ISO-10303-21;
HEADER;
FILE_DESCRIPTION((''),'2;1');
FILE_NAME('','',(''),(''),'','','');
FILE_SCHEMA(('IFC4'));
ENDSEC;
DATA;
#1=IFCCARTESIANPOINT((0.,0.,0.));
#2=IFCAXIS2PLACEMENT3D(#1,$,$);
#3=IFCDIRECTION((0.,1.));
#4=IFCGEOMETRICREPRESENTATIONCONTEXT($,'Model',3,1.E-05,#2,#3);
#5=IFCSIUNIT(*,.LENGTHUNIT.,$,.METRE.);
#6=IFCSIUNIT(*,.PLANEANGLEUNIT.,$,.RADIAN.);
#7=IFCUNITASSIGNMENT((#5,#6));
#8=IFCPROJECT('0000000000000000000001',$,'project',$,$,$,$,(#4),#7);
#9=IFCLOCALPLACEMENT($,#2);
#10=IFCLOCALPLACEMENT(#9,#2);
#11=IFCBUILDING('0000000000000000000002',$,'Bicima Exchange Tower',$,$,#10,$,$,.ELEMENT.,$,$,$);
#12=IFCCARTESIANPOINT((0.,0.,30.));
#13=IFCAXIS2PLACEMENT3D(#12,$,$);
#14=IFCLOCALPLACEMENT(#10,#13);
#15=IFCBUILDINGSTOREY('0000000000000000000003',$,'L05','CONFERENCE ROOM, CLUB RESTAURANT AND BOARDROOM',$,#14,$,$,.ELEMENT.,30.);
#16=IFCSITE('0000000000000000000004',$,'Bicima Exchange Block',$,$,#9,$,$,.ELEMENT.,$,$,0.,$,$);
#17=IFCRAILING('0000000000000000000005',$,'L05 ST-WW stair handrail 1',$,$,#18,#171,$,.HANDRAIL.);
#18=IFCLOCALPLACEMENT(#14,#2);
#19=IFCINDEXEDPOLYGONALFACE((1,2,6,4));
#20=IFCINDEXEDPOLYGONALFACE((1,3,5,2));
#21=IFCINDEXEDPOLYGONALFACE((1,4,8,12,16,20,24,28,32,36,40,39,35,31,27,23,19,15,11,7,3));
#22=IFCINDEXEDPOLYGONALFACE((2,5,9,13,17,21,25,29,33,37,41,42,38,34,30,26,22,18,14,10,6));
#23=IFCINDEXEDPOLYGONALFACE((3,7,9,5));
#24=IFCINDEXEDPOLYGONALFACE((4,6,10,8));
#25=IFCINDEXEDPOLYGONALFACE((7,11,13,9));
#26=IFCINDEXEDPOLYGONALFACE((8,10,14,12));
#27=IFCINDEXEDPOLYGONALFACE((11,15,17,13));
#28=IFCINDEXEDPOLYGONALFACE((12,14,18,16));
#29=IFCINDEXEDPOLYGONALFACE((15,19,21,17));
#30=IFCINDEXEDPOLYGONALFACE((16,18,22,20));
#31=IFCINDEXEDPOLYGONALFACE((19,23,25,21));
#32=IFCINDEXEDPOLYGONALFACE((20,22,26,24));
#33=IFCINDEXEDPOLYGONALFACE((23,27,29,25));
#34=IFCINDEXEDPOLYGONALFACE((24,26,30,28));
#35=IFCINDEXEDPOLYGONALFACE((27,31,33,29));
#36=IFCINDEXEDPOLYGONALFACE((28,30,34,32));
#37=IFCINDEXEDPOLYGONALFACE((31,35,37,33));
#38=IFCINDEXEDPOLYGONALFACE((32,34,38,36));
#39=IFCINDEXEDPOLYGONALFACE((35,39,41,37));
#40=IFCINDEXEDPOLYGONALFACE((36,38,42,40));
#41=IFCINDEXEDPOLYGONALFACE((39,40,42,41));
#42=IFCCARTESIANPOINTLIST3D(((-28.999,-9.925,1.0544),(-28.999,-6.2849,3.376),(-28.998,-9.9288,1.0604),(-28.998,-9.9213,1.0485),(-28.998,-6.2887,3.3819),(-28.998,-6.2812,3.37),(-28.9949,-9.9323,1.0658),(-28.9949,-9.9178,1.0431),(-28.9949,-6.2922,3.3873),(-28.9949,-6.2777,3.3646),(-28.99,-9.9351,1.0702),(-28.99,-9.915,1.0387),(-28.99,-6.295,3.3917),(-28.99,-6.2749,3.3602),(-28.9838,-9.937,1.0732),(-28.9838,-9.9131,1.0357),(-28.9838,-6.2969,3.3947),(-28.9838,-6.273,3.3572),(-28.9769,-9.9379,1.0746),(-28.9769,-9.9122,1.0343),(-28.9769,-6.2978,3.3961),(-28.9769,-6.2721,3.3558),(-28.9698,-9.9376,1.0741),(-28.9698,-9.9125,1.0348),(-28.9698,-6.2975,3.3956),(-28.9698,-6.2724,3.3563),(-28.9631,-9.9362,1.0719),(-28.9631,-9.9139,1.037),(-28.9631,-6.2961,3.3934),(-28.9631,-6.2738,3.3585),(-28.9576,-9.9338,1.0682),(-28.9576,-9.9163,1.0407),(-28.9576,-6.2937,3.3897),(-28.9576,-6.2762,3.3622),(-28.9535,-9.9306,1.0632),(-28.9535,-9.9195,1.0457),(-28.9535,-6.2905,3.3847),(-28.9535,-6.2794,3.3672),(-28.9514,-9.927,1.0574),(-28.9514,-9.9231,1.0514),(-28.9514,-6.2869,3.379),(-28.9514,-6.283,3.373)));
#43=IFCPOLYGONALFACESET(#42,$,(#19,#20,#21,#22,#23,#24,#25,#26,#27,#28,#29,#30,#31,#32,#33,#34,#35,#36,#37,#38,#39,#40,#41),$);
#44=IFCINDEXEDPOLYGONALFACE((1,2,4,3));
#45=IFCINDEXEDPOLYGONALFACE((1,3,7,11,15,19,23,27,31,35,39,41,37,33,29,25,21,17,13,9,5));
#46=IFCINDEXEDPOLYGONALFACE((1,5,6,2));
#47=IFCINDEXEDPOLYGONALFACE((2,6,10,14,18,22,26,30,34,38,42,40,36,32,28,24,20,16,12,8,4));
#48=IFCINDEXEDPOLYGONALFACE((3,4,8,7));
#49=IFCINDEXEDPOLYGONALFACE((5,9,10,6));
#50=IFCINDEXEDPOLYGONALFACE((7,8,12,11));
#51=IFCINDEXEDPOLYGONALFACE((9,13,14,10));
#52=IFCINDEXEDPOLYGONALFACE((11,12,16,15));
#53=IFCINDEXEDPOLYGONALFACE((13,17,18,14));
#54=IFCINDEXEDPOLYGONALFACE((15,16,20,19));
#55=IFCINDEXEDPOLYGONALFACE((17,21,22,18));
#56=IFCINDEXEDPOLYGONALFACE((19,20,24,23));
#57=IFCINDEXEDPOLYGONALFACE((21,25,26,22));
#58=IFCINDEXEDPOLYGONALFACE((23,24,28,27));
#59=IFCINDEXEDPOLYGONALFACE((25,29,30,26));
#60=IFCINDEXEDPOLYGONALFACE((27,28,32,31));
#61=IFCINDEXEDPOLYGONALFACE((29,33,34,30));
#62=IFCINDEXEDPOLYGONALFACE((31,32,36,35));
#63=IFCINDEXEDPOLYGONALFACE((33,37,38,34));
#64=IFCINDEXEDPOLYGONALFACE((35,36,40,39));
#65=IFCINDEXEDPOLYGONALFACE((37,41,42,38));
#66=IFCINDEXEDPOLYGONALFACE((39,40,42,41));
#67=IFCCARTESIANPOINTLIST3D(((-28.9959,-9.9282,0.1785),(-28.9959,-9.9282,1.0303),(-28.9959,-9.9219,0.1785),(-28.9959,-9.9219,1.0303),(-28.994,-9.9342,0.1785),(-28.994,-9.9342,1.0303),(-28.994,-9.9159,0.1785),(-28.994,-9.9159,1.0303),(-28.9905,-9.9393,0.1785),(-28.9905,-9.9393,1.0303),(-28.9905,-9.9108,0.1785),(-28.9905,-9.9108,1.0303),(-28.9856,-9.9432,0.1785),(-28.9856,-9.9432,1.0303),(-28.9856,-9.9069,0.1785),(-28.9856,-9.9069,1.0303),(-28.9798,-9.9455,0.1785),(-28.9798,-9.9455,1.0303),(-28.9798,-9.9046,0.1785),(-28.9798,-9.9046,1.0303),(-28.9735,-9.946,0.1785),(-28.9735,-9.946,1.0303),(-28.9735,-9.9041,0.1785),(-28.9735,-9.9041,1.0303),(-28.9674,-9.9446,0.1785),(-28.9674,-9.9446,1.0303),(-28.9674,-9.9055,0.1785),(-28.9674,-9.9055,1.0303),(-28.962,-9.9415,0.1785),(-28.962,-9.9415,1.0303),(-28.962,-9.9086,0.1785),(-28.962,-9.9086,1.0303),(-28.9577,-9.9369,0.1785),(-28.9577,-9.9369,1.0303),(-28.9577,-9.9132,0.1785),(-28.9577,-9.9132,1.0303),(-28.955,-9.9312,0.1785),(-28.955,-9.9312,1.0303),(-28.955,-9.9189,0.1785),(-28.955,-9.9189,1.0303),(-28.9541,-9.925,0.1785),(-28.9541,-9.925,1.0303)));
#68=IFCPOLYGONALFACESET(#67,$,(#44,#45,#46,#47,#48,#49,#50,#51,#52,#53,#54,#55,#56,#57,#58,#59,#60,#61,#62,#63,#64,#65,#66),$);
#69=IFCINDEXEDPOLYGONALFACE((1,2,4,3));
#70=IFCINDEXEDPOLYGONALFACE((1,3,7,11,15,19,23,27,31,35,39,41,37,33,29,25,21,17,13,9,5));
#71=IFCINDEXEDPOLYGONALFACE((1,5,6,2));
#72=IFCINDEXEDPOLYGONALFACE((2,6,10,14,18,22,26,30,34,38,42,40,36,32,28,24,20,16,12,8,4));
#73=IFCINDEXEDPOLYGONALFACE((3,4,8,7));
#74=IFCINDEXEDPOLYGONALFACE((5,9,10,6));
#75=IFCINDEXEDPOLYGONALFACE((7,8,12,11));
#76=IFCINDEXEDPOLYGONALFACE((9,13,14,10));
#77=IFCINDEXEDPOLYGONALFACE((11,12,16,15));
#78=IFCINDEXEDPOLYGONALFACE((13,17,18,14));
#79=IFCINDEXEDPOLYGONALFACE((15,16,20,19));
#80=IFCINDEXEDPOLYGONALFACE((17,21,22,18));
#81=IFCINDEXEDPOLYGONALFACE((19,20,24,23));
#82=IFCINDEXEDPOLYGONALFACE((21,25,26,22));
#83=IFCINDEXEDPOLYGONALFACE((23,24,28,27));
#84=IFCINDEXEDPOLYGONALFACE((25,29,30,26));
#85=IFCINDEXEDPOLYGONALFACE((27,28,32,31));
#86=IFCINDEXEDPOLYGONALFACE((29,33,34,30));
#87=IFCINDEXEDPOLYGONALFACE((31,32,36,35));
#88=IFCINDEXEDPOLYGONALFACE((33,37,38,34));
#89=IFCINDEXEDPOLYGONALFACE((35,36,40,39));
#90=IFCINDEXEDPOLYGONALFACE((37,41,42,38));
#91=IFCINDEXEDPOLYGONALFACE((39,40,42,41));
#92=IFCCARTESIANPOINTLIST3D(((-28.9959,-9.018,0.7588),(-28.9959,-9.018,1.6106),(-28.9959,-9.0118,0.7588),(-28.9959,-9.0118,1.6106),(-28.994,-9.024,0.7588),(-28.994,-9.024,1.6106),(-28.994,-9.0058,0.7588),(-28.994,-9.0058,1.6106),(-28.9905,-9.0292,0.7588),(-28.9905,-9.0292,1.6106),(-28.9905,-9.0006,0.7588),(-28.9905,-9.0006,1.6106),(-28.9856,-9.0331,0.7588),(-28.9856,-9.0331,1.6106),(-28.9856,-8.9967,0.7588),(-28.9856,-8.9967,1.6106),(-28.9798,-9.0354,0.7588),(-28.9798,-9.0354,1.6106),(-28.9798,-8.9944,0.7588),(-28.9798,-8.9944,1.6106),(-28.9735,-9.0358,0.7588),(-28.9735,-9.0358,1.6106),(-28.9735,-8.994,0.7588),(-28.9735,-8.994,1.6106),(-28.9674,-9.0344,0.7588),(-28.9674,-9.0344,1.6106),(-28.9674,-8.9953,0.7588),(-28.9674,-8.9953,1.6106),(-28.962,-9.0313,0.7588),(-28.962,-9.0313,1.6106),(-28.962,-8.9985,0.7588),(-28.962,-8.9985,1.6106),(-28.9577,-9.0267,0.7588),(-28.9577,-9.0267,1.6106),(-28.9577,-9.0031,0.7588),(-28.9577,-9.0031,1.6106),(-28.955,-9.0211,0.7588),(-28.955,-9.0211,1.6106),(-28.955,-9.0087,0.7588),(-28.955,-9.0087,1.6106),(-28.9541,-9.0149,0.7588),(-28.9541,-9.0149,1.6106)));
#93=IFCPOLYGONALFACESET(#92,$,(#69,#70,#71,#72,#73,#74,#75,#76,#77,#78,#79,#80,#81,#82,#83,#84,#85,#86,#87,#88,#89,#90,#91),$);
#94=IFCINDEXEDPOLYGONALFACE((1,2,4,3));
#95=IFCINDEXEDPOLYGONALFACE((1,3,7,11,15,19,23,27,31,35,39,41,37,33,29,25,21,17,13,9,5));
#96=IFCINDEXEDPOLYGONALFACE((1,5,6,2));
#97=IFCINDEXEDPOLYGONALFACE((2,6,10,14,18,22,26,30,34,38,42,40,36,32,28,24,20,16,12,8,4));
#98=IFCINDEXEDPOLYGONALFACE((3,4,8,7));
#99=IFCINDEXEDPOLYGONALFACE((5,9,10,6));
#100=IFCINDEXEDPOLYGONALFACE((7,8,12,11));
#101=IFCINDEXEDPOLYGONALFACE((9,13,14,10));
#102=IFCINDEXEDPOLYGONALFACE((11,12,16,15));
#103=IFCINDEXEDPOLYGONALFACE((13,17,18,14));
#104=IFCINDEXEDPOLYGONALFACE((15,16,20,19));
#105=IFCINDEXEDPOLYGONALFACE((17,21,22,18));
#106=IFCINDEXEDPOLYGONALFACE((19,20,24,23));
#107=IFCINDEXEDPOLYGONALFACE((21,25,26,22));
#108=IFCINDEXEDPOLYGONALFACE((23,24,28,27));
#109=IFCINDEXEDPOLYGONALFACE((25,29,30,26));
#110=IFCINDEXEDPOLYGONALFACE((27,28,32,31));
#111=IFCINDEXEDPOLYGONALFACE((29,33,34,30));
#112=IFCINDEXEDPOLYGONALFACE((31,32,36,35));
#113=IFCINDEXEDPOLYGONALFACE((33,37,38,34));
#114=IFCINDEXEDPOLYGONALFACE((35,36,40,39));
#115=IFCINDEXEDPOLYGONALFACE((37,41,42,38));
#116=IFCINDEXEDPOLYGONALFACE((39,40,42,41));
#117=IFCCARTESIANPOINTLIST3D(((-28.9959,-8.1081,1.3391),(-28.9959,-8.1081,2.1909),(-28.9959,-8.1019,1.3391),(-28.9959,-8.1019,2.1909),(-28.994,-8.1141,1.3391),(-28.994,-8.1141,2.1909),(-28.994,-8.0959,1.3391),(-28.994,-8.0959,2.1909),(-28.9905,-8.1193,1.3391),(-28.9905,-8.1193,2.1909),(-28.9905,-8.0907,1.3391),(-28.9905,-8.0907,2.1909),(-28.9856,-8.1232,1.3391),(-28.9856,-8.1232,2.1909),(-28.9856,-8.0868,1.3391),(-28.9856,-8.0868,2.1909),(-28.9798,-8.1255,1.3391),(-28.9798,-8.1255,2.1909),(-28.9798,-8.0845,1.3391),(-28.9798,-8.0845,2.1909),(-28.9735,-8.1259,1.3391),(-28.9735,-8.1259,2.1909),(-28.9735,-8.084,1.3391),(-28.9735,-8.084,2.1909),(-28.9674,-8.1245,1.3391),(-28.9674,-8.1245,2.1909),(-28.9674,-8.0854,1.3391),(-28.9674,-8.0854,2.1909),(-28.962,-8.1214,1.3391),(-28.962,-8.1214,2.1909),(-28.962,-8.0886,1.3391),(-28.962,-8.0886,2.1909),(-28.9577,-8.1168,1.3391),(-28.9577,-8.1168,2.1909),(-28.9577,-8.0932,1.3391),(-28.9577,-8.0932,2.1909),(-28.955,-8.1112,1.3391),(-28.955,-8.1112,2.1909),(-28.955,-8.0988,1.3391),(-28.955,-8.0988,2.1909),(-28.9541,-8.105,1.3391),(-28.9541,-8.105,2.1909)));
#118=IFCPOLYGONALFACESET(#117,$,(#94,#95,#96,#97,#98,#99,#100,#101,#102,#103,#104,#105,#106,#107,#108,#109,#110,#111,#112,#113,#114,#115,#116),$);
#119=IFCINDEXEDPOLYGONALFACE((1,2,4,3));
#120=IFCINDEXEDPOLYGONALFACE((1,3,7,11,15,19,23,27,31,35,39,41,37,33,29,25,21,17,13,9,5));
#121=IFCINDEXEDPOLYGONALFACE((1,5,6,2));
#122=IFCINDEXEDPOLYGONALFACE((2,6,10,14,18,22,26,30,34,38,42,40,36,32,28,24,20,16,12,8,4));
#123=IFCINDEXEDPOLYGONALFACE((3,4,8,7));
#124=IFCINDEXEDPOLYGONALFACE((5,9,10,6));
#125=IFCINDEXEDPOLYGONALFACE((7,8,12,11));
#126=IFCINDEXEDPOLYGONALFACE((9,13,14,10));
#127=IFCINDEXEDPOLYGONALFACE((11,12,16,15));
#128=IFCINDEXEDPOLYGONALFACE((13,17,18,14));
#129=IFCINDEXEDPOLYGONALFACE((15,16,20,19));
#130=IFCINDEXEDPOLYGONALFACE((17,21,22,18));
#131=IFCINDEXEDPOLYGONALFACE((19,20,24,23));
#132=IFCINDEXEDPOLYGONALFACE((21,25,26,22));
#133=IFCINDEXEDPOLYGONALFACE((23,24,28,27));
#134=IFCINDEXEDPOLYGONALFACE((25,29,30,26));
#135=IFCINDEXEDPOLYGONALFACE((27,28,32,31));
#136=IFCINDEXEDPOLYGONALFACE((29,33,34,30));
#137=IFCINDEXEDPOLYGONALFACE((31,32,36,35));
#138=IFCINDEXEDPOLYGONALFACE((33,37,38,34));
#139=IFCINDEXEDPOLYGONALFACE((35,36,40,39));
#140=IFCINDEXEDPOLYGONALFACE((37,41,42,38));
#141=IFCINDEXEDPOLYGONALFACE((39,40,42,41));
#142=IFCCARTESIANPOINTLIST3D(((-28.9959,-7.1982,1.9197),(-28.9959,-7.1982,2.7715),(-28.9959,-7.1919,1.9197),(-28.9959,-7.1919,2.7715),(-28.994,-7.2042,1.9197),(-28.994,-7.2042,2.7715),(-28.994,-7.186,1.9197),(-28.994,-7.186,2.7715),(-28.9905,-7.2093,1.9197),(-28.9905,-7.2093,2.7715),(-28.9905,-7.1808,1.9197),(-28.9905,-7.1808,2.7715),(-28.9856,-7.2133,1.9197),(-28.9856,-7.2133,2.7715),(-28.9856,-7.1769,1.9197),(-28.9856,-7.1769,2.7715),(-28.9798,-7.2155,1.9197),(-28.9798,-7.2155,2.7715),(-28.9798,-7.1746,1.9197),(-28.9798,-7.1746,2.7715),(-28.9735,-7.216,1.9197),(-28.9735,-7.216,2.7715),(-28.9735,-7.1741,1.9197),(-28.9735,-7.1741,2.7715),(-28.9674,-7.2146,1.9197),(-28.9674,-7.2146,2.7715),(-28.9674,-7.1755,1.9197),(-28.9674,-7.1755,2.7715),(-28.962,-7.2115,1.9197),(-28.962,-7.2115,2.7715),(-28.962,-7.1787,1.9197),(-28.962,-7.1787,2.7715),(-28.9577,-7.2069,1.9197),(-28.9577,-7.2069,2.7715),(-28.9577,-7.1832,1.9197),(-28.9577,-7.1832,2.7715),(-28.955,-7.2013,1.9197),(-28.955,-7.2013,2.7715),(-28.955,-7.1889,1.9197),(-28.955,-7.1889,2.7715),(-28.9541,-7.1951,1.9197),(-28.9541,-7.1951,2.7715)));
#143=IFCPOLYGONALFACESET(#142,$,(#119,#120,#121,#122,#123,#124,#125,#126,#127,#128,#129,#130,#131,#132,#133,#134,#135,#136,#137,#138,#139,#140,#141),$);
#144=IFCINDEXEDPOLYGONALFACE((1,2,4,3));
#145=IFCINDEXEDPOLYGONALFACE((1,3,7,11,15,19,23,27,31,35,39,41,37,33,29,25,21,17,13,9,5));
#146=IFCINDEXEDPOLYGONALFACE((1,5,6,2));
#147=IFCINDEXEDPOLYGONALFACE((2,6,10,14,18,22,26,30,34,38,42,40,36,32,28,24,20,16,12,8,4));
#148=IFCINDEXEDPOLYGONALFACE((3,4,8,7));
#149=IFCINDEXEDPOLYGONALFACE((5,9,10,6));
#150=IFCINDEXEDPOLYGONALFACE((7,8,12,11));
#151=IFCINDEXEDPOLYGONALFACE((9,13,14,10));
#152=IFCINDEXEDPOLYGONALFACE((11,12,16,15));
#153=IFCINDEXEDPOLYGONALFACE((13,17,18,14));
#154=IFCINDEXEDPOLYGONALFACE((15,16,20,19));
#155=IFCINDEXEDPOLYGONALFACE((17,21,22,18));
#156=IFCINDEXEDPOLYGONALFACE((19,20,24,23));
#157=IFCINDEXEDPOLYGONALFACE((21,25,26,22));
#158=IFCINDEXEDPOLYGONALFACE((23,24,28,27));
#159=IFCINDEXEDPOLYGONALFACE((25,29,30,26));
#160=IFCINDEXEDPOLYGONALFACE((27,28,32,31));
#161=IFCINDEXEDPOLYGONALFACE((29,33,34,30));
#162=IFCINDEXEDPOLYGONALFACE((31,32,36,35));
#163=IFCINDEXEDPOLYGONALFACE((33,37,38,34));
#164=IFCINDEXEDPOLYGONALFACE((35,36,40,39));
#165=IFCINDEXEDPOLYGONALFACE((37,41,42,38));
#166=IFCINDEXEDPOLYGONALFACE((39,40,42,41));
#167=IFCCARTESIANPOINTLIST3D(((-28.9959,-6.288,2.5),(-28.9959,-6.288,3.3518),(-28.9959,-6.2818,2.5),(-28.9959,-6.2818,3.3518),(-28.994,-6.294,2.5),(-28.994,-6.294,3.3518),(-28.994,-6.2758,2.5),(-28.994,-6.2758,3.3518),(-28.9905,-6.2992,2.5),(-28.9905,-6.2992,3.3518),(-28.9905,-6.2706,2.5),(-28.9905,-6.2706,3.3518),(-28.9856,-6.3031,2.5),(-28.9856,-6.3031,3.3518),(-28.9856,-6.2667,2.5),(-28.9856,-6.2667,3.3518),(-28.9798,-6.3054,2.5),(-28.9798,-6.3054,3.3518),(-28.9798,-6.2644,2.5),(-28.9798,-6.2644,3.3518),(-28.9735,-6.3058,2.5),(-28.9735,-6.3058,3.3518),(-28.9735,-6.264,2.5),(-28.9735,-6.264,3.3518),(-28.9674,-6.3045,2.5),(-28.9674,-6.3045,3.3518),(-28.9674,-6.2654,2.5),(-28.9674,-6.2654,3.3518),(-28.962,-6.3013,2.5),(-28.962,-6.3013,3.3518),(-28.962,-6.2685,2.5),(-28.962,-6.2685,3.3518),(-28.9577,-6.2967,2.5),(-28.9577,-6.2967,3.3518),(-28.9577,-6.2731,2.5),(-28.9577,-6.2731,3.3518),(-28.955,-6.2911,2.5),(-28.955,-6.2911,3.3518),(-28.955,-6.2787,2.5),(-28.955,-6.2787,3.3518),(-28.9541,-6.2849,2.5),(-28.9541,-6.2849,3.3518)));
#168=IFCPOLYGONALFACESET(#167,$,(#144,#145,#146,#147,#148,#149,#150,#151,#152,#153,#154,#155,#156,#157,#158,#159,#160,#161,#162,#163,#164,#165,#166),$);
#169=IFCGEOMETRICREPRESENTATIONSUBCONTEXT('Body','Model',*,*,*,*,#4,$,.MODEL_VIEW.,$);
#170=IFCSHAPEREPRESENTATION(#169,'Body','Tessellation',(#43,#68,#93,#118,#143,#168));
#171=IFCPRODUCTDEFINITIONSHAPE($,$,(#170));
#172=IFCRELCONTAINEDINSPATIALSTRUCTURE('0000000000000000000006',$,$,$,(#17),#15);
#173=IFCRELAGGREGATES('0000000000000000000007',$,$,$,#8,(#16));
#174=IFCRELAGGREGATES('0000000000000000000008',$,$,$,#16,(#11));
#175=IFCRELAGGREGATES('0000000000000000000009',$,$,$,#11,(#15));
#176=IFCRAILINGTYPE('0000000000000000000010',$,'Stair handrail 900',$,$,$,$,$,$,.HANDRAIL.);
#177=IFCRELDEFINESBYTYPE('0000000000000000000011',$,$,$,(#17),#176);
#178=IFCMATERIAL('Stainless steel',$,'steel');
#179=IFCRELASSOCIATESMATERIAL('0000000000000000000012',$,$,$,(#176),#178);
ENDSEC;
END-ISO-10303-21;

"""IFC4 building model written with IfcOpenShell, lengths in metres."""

from ifc_helpers import new_model, si_unit, direction, frame, origin, origin_2d, place, context, subcontext, project, spatial, circle, extrude, material, type_object, element, save


model = new_model("IFC4")

# Units and contexts
model_context = context("Model", 3, precision=1e-05, world=origin(), true_north=direction((0.0, 1.0)))
body_context = subcontext(model_context, "Body", "Model", "MODEL_VIEW")
ifc_project = project(units=[si_unit("LENGTHUNIT", "METRE"), si_unit("PLANEANGLEUNIT", "RADIAN")], contexts=[model_context])

# Site, building, storey
site_placement = place(None, origin())
site = spatial("IfcSite", under=ifc_project, at=site_placement, Name="Bicima Exchange Block", CompositionType="ELEMENT", RefElevation=0.0)
building_placement = place(site_placement, origin())
building = spatial("IfcBuilding", under=site, at=building_placement, Name="Bicima Exchange Tower", CompositionType="ELEMENT")
storey_placement = place(building_placement, frame((0.0, 0.0, 30.0)))
storey = spatial("IfcBuildingStorey", under=building, at=storey_placement, Name="L05", Description="CONFERENCE ROOM, CLUB RESTAURANT AND BOARDROOM", CompositionType="ELEMENT", Elevation=30.0)

# Railing
ifc_material_1 = material(Name="Stainless steel", Category="steel")
railing_type_1 = type_object("IfcRailingType", Name="Stair handrail 900", PredefinedType="HANDRAIL", material=ifc_material_1)
railing_1_placement = place(storey_placement, frame((-28.9751, -9.925, 0.1785)))
element("IfcRailing", 1, at=railing_1_placement, inside=storey, type_object=railing_type_1, Name="L05 ST-WW stair handrail 1", PredefinedType="HANDRAIL", context=body_context, shape_type="SweptSolid", body=[
    extrude(circle(Radius=0.0239, at=origin_2d()), frame((0.0, 0.0, 0.876), z_axis=(0.0, 0.843128, 0.537713), x_axis=(-1.0, 0.0, 0.0)), (0.0, 0.0, 1.0), 4.3174),
    extrude(circle(Radius=0.021, at=origin_2d()), origin(), (0.0, 0.0, 1.0), 0.8518),
    extrude(circle(Radius=0.021, at=origin_2d()), frame((0.0, 0.9102, 0.5803)), (0.0, 0.0, 1.0), 0.8518),
    extrude(circle(Radius=0.021, at=origin_2d()), frame((0.0, 1.8201, 1.1606)), (0.0, 0.0, 1.0), 0.8518),
    extrude(circle(Radius=0.021, at=origin_2d()), frame((0.0, 2.73, 1.7412)), (0.0, 0.0, 1.0), 0.8518),
    extrude(circle(Radius=0.021, at=origin_2d()), frame((0.0, 3.6401, 2.3215)), (0.0, 0.0, 1.0), 0.8518),
])

save(model, "model.ifc")
